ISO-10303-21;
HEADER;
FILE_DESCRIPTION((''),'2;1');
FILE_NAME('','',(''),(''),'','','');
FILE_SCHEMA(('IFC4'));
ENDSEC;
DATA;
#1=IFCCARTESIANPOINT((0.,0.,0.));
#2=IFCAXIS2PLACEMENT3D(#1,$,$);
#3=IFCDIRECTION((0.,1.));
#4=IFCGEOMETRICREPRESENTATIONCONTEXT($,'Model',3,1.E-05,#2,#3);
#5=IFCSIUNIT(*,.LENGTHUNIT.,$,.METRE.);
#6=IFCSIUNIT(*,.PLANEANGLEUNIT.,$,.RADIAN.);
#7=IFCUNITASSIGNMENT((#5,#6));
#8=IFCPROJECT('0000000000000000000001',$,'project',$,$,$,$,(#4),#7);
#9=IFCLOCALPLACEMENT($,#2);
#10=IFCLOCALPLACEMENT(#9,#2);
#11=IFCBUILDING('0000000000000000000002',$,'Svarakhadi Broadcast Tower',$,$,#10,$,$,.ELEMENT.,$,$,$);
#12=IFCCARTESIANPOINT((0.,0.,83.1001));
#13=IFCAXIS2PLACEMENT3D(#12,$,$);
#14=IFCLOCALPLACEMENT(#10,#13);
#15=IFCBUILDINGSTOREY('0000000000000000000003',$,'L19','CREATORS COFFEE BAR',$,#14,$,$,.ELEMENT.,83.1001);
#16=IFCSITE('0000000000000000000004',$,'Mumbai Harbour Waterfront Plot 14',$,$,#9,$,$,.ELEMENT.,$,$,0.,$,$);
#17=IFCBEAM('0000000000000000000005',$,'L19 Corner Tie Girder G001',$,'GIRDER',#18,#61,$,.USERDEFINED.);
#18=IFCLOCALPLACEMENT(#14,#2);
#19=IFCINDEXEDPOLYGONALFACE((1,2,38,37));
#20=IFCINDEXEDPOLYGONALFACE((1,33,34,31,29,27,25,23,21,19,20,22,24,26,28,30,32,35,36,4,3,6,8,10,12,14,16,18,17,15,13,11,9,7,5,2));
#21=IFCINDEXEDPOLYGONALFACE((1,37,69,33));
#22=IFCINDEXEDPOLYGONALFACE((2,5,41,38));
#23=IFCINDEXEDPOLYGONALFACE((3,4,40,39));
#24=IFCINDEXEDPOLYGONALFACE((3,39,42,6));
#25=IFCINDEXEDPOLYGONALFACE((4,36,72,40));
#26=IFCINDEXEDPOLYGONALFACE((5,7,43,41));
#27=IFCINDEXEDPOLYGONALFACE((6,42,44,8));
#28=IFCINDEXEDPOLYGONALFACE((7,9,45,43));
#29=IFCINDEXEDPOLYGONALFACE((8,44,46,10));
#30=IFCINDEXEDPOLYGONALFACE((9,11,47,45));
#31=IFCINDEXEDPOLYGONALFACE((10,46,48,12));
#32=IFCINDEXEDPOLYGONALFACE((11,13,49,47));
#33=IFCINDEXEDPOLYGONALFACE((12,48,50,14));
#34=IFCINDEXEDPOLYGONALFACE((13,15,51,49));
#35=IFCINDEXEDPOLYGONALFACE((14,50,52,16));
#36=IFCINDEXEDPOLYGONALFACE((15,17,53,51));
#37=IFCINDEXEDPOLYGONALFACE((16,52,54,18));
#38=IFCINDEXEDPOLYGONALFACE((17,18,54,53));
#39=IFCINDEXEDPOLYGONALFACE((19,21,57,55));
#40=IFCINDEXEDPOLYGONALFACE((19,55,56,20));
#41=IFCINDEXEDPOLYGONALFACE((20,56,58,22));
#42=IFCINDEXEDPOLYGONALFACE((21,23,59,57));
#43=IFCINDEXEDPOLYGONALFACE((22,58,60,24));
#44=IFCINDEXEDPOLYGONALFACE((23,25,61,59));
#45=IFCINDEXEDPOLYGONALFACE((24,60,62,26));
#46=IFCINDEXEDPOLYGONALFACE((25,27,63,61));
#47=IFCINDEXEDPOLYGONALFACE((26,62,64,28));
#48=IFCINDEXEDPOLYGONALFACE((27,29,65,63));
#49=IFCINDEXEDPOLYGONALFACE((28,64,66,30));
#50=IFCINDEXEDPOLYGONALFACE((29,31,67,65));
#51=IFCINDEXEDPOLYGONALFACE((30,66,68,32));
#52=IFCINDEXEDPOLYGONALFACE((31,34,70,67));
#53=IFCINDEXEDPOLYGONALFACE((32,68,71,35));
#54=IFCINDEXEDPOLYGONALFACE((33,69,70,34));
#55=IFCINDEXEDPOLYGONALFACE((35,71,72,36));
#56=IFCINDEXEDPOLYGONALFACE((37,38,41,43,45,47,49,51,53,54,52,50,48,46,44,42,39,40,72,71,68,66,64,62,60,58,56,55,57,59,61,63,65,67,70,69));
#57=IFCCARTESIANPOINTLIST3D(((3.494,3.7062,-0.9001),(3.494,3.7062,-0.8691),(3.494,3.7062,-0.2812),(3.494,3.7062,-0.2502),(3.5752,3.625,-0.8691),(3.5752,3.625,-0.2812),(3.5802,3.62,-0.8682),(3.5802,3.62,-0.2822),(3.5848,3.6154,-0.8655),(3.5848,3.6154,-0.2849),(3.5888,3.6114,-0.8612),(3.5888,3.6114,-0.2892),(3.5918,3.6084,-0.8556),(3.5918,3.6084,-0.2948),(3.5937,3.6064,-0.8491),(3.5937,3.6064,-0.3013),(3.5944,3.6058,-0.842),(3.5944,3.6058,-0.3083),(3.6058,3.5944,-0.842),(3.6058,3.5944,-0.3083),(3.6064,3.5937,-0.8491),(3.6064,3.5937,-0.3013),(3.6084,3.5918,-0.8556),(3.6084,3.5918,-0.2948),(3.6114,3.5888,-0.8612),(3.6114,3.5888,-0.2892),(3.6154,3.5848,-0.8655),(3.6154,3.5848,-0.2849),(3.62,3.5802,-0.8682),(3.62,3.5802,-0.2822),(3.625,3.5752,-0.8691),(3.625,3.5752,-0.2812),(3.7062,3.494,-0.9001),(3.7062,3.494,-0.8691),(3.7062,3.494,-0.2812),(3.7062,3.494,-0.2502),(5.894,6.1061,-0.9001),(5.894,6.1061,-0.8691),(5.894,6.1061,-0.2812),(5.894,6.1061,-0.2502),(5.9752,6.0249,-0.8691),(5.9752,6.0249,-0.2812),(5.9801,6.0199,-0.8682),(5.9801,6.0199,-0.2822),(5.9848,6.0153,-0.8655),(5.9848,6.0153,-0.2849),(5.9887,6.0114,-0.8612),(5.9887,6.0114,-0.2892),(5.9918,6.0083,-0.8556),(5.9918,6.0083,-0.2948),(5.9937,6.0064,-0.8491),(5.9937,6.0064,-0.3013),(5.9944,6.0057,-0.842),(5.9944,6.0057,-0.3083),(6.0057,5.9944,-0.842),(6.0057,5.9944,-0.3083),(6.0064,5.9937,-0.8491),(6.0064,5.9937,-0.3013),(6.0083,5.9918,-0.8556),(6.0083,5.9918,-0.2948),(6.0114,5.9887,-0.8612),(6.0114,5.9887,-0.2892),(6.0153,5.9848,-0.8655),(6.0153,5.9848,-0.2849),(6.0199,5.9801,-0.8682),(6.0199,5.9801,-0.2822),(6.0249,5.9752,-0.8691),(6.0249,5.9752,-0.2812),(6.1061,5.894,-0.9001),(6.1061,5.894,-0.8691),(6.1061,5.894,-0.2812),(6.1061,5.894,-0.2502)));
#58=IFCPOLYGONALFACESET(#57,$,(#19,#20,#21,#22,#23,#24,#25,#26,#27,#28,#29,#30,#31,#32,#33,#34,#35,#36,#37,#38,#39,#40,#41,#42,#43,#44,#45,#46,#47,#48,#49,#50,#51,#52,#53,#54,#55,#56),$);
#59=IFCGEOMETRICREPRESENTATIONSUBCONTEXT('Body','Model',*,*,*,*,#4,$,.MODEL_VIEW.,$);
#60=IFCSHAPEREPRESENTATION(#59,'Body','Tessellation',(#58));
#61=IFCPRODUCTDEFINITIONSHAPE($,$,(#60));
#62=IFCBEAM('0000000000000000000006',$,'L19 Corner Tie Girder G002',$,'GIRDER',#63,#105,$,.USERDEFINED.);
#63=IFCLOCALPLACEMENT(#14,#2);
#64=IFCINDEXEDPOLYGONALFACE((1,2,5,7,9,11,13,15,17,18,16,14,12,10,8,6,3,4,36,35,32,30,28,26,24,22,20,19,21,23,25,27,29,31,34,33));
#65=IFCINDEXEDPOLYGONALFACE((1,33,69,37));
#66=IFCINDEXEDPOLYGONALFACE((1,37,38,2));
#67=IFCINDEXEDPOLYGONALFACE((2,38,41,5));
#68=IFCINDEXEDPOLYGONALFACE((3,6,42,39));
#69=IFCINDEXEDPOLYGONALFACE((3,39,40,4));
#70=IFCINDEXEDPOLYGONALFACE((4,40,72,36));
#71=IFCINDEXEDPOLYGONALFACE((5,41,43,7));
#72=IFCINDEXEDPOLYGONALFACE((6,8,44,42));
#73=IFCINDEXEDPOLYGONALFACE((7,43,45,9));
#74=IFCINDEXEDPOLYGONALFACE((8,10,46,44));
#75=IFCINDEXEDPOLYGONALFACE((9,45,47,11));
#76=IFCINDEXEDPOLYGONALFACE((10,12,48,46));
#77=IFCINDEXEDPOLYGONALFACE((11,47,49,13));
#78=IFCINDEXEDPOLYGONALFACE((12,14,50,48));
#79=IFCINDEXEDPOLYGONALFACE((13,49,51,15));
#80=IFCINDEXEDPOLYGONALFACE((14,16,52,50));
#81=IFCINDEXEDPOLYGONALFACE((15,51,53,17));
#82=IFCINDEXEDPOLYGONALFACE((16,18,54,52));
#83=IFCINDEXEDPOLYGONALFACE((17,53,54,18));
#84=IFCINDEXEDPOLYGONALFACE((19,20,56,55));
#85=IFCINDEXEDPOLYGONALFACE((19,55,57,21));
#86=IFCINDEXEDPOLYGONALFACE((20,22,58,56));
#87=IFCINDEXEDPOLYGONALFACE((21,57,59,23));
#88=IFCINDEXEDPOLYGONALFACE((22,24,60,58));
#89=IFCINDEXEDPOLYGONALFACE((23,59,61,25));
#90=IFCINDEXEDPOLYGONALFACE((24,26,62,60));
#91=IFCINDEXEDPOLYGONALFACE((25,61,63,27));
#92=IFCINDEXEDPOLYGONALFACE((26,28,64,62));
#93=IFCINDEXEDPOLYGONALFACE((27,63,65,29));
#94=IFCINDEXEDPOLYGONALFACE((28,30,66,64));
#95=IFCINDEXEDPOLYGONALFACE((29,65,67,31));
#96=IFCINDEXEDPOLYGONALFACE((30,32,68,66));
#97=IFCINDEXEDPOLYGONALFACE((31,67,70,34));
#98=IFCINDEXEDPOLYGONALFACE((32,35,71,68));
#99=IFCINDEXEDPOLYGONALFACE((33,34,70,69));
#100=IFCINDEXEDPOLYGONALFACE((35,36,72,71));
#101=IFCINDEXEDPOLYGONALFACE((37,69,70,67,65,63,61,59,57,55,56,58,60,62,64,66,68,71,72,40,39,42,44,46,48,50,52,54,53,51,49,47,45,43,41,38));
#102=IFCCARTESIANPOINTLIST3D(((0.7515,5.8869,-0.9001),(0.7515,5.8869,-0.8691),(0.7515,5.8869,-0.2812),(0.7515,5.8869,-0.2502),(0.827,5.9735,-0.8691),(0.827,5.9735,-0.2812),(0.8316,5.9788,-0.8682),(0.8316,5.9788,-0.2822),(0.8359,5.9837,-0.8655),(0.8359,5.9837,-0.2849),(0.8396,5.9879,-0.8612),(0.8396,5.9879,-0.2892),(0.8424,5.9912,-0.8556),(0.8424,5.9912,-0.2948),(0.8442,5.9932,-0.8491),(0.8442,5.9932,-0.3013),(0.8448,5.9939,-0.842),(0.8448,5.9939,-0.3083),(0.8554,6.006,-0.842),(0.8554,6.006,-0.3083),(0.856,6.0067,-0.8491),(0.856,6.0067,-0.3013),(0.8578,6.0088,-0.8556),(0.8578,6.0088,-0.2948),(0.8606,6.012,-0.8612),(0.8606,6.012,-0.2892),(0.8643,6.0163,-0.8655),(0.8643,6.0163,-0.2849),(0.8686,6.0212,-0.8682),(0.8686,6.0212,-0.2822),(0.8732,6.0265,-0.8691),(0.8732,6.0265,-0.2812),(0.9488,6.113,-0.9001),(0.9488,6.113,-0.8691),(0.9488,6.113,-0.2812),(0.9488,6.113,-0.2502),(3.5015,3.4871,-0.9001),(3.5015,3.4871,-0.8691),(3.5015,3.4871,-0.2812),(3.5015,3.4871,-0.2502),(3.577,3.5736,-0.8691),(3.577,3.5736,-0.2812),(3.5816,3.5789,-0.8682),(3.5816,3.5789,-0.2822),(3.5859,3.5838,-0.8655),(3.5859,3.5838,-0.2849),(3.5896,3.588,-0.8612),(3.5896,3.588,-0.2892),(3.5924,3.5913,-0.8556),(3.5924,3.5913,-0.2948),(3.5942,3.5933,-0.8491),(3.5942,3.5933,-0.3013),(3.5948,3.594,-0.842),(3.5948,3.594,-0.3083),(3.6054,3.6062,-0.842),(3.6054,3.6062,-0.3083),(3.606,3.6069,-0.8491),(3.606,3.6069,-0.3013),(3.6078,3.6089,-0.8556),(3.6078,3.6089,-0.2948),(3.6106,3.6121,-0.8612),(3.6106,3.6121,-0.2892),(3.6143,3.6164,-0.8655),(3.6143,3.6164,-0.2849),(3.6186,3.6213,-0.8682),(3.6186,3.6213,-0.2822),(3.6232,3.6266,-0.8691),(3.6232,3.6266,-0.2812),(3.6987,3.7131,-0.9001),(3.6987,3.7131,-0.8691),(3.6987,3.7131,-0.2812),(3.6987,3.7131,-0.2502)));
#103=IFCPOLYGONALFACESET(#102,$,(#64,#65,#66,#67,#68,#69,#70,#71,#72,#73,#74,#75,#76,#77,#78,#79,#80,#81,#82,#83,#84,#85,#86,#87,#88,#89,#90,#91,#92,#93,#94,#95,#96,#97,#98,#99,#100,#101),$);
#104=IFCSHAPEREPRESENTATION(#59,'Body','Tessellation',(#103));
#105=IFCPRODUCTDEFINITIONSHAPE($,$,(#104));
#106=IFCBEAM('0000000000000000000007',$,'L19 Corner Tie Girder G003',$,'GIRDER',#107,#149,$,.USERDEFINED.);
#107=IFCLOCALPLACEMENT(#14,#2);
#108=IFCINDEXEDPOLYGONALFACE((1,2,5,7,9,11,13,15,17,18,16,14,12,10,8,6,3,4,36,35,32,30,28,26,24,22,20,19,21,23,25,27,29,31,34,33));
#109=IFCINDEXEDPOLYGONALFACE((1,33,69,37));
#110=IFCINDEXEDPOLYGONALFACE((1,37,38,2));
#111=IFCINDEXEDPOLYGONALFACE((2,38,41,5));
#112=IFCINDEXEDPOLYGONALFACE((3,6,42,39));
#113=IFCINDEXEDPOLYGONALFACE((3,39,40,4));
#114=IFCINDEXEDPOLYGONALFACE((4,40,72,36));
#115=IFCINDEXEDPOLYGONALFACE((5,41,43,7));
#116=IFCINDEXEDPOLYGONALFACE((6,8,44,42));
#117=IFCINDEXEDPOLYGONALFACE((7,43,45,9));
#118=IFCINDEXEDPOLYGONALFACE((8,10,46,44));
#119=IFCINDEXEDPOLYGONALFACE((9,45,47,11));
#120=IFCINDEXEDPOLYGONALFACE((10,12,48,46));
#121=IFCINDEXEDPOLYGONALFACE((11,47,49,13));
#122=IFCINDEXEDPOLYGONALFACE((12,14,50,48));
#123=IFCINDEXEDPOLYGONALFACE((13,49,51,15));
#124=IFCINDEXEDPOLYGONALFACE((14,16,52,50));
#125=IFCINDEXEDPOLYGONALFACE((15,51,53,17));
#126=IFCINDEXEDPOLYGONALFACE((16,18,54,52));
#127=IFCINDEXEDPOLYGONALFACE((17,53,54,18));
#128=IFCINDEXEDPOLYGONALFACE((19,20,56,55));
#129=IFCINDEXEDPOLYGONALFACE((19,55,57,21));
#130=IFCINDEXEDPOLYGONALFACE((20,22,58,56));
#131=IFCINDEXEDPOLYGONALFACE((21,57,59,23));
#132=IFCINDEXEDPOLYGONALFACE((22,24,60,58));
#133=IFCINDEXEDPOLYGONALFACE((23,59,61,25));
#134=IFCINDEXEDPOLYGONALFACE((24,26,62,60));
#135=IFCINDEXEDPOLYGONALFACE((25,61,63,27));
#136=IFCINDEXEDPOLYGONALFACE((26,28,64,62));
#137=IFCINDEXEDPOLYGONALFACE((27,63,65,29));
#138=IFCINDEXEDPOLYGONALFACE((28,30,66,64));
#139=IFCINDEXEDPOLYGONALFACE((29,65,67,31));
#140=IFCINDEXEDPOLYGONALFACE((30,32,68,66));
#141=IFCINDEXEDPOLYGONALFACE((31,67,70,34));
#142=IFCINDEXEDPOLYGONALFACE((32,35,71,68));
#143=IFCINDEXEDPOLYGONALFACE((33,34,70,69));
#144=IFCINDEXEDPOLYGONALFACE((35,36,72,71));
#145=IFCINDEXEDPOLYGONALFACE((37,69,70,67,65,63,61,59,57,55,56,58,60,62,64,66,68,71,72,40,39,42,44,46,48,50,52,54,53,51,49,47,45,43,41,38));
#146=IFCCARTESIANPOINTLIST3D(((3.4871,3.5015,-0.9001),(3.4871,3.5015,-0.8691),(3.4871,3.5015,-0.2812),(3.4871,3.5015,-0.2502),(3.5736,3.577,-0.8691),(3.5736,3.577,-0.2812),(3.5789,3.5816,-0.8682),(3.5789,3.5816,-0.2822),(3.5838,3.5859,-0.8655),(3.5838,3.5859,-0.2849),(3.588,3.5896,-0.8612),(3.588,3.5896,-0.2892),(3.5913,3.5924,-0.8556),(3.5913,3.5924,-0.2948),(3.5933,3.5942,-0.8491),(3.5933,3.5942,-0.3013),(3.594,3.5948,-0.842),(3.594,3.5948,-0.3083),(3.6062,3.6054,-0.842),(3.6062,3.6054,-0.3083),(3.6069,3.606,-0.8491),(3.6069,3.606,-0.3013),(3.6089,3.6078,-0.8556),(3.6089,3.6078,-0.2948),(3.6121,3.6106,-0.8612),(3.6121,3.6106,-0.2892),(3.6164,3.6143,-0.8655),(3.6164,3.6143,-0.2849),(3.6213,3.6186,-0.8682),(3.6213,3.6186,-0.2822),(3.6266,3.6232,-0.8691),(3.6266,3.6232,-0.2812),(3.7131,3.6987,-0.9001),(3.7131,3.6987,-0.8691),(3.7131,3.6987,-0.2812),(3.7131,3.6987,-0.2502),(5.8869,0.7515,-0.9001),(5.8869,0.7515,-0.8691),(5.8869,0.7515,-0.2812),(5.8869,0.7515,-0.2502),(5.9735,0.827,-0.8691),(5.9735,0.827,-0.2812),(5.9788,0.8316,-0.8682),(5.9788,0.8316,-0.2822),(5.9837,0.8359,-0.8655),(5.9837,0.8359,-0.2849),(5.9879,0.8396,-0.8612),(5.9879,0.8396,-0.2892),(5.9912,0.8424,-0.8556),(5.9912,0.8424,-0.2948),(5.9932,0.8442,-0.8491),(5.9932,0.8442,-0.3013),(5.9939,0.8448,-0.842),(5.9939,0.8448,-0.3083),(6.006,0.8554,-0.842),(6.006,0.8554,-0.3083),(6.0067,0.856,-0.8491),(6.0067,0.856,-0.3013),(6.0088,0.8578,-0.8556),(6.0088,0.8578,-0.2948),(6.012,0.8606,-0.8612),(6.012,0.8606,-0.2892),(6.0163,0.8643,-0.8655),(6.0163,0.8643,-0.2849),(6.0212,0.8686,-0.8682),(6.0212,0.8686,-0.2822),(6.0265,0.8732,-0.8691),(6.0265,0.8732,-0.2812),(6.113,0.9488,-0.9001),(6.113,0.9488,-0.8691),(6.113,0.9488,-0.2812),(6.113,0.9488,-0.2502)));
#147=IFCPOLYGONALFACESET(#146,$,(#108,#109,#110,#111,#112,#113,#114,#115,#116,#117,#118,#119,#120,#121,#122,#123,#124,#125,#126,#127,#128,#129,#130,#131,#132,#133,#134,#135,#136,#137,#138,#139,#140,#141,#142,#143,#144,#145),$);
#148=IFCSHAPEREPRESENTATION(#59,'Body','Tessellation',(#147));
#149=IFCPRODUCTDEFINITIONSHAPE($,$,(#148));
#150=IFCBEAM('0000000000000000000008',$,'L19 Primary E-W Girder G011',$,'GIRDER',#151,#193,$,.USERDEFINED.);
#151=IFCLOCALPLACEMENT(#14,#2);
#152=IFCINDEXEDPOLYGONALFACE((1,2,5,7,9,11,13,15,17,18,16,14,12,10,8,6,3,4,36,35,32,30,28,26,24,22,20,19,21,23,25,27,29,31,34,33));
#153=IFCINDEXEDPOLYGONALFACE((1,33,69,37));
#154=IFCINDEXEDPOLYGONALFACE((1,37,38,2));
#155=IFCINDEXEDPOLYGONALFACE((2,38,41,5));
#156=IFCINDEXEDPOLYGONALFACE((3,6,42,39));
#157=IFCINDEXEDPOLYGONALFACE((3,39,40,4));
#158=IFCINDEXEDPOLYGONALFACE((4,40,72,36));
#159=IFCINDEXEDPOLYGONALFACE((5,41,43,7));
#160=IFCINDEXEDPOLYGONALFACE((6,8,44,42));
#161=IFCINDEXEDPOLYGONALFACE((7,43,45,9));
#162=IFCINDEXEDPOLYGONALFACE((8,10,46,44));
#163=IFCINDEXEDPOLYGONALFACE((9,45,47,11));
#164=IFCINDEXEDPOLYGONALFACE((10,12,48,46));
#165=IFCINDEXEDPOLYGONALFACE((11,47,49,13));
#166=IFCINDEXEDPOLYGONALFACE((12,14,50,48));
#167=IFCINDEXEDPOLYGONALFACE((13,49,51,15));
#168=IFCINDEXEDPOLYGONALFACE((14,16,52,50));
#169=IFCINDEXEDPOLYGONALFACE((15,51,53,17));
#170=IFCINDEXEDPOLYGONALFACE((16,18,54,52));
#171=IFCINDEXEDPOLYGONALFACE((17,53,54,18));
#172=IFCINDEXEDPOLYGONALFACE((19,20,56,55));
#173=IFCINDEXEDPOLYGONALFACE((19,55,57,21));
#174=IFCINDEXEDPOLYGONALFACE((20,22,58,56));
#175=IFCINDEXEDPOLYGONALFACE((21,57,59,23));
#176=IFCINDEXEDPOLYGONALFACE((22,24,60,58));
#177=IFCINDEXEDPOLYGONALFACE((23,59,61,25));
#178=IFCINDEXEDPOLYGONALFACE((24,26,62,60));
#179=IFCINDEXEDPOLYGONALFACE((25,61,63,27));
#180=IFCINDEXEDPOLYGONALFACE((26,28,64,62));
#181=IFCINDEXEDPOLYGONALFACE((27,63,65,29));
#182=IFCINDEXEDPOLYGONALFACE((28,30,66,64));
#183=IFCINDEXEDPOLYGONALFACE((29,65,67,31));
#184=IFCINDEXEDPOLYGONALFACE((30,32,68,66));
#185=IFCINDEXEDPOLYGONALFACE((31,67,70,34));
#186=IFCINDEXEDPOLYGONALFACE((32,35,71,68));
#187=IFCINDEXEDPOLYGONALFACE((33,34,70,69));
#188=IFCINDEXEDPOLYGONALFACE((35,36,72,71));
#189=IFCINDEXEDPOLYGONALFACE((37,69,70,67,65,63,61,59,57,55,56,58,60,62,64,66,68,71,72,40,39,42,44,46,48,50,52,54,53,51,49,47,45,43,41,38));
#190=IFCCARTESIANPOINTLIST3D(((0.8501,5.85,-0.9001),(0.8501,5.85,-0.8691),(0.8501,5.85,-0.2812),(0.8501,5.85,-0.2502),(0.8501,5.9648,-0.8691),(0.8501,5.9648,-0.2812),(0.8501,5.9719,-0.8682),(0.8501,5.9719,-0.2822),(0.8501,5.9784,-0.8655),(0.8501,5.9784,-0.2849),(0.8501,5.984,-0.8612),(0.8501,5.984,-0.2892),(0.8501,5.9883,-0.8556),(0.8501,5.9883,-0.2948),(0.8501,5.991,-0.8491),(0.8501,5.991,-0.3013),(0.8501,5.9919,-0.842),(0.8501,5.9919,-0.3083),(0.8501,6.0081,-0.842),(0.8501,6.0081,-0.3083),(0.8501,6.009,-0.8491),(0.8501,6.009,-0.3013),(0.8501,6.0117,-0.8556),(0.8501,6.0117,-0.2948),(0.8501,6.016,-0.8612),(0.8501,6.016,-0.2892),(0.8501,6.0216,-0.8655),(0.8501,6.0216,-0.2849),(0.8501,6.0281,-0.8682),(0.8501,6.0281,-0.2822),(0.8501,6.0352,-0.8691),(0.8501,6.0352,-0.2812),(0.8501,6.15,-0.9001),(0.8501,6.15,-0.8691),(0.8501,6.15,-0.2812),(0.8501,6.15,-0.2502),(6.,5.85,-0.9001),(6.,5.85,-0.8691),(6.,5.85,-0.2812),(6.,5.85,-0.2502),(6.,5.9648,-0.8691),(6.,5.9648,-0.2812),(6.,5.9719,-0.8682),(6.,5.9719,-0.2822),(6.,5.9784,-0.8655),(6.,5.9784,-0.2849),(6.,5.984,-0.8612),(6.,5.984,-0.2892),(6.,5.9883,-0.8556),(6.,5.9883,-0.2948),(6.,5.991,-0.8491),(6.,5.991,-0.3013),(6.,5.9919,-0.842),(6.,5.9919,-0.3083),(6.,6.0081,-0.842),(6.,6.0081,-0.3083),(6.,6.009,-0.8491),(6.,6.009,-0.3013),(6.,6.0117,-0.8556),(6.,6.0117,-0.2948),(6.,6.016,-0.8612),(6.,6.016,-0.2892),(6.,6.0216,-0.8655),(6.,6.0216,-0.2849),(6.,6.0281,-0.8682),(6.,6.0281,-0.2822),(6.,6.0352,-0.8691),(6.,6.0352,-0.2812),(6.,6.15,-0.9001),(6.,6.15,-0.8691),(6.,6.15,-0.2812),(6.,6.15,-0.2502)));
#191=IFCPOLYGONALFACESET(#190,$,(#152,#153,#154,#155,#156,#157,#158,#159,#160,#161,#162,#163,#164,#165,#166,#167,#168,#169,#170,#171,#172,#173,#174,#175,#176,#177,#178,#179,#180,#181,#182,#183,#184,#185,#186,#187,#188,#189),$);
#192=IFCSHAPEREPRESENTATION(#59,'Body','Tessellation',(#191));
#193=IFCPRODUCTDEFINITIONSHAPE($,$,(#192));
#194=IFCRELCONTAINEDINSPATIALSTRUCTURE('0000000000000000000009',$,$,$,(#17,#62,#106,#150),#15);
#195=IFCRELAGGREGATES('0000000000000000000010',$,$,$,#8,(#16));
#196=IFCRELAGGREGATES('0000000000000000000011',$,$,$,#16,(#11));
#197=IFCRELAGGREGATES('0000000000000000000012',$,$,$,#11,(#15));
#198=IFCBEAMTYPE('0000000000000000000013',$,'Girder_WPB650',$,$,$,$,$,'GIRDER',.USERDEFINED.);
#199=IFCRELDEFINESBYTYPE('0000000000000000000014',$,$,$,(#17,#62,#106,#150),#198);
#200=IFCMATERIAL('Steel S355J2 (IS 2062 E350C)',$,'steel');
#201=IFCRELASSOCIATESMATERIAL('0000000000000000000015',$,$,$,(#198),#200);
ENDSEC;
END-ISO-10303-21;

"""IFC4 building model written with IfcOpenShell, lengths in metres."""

from ifc_helpers import new_model, si_unit, direction, frame, origin, origin_2d, place, context, subcontext, project, spatial, i_section, extrude, material, material_profile, profile_set, type_object, element, save


model = new_model("IFC4")

# Units and contexts
model_context = context("Model", 3, precision=1e-05, world=origin(), true_north=direction((0.0, 1.0)))
body_context = subcontext(model_context, "Body", "Model", "MODEL_VIEW")
ifc_project = project(units=[si_unit("LENGTHUNIT", "METRE"), si_unit("PLANEANGLEUNIT", "RADIAN")], contexts=[model_context])

# Site, building, storey
site_placement = place(None, origin())
site = spatial("IfcSite", under=ifc_project, at=site_placement, Name="Mumbai Harbour Waterfront Plot 14", CompositionType="ELEMENT", RefElevation=0.0)
building_placement = place(site_placement, origin())
building = spatial("IfcBuilding", under=site, at=building_placement, Name="Svarakhadi Broadcast Tower", CompositionType="ELEMENT")
storey_placement = place(building_placement, frame((0.0, 0.0, 83.1001)))
storey = spatial("IfcBuildingStorey", under=building, at=storey_placement, Name="L19", Description="CREATORS COFFEE BAR", CompositionType="ELEMENT", Elevation=83.1001)

# Beams
ifc_material_1 = material(Name="Steel S355J2 (IS 2062 E350C)", Category="steel")
ifc_material_profile_1 = material_profile(ifc_material_1, i_section(OverallWidth=0.3, OverallDepth=0.6499, WebThickness=0.0161, FlangeThickness=0.031, FilletRadius=0.0271, at=origin_2d()), Name="WPB 650x300x225")
ifc_profile_set_1 = profile_set([ifc_material_profile_1], Name="Steel S355J2 (IS 2062 E350C)")
beam_type = type_object("IfcBeamType", Name="Girder_WPB650", ElementType="GIRDER", PredefinedType="USERDEFINED", material=ifc_profile_set_1)
beam_1_placement = place(storey_placement, frame((3.6001, 3.6001, -0.5752), z_axis=(0.707107, 0.707107, 0.0), x_axis=(-0.707107, 0.707107, 0.0)))
element("IfcBeam", 1, at=beam_1_placement, inside=storey, type_object=beam_type, Name="L19 Corner Tie Girder G001", ObjectType="GIRDER", PredefinedType="USERDEFINED", context=body_context, shape_type="SweptSolid", body=[
    extrude(i_section(OverallWidth=0.3, OverallDepth=0.6499, WebThickness=0.0161, FlangeThickness=0.031, FilletRadius=0.0271, at=origin_2d()), origin(), (0.0, 0.0, 1.0), 3.394),
])
for number, where, z_axis, x_axis, name in (
    (2, (3.6001, 3.6001, -0.5752), (-0.753438, 0.657519, 0.0), (-0.657519, -0.753438, 0.0), "L19 Corner Tie Girder G002"),
    (3, (3.6001, 3.6001, -0.5752), (0.657519, -0.753438, 0.0), (0.753438, 0.657519, 0.0), "L19 Corner Tie Girder G003"),
):
    element("IfcBeam", number, at=place(storey_placement, frame(where, z_axis=z_axis, x_axis=x_axis)), inside=storey, type_object=beam_type, Name=name, ObjectType="GIRDER", PredefinedType="USERDEFINED", context=body_context, shape_type="SweptSolid", body=[
        extrude(i_section(OverallWidth=0.3, OverallDepth=0.6499, WebThickness=0.0161, FlangeThickness=0.031, FilletRadius=0.0271, at=origin_2d()), origin(), (0.0, 0.0, 1.0), 3.6499),
    ])
beam_2_placement = place(storey_placement, frame((0.8501, 6.0, -0.5752), z_axis=(1.0, 0.0, 0.0), x_axis=(0.0, 1.0, 0.0)))
element("IfcBeam", 4, at=beam_2_placement, inside=storey, type_object=beam_type, Name="L19 Primary E-W Girder G011", ObjectType="GIRDER", PredefinedType="USERDEFINED", context=body_context, shape_type="SweptSolid", body=[
    extrude(i_section(OverallWidth=0.3, OverallDepth=0.6499, WebThickness=0.0161, FlangeThickness=0.031, FilletRadius=0.0271, at=origin_2d()), origin(), (0.0, 0.0, 1.0), 5.1499),
])

save(model, "model.ifc")
